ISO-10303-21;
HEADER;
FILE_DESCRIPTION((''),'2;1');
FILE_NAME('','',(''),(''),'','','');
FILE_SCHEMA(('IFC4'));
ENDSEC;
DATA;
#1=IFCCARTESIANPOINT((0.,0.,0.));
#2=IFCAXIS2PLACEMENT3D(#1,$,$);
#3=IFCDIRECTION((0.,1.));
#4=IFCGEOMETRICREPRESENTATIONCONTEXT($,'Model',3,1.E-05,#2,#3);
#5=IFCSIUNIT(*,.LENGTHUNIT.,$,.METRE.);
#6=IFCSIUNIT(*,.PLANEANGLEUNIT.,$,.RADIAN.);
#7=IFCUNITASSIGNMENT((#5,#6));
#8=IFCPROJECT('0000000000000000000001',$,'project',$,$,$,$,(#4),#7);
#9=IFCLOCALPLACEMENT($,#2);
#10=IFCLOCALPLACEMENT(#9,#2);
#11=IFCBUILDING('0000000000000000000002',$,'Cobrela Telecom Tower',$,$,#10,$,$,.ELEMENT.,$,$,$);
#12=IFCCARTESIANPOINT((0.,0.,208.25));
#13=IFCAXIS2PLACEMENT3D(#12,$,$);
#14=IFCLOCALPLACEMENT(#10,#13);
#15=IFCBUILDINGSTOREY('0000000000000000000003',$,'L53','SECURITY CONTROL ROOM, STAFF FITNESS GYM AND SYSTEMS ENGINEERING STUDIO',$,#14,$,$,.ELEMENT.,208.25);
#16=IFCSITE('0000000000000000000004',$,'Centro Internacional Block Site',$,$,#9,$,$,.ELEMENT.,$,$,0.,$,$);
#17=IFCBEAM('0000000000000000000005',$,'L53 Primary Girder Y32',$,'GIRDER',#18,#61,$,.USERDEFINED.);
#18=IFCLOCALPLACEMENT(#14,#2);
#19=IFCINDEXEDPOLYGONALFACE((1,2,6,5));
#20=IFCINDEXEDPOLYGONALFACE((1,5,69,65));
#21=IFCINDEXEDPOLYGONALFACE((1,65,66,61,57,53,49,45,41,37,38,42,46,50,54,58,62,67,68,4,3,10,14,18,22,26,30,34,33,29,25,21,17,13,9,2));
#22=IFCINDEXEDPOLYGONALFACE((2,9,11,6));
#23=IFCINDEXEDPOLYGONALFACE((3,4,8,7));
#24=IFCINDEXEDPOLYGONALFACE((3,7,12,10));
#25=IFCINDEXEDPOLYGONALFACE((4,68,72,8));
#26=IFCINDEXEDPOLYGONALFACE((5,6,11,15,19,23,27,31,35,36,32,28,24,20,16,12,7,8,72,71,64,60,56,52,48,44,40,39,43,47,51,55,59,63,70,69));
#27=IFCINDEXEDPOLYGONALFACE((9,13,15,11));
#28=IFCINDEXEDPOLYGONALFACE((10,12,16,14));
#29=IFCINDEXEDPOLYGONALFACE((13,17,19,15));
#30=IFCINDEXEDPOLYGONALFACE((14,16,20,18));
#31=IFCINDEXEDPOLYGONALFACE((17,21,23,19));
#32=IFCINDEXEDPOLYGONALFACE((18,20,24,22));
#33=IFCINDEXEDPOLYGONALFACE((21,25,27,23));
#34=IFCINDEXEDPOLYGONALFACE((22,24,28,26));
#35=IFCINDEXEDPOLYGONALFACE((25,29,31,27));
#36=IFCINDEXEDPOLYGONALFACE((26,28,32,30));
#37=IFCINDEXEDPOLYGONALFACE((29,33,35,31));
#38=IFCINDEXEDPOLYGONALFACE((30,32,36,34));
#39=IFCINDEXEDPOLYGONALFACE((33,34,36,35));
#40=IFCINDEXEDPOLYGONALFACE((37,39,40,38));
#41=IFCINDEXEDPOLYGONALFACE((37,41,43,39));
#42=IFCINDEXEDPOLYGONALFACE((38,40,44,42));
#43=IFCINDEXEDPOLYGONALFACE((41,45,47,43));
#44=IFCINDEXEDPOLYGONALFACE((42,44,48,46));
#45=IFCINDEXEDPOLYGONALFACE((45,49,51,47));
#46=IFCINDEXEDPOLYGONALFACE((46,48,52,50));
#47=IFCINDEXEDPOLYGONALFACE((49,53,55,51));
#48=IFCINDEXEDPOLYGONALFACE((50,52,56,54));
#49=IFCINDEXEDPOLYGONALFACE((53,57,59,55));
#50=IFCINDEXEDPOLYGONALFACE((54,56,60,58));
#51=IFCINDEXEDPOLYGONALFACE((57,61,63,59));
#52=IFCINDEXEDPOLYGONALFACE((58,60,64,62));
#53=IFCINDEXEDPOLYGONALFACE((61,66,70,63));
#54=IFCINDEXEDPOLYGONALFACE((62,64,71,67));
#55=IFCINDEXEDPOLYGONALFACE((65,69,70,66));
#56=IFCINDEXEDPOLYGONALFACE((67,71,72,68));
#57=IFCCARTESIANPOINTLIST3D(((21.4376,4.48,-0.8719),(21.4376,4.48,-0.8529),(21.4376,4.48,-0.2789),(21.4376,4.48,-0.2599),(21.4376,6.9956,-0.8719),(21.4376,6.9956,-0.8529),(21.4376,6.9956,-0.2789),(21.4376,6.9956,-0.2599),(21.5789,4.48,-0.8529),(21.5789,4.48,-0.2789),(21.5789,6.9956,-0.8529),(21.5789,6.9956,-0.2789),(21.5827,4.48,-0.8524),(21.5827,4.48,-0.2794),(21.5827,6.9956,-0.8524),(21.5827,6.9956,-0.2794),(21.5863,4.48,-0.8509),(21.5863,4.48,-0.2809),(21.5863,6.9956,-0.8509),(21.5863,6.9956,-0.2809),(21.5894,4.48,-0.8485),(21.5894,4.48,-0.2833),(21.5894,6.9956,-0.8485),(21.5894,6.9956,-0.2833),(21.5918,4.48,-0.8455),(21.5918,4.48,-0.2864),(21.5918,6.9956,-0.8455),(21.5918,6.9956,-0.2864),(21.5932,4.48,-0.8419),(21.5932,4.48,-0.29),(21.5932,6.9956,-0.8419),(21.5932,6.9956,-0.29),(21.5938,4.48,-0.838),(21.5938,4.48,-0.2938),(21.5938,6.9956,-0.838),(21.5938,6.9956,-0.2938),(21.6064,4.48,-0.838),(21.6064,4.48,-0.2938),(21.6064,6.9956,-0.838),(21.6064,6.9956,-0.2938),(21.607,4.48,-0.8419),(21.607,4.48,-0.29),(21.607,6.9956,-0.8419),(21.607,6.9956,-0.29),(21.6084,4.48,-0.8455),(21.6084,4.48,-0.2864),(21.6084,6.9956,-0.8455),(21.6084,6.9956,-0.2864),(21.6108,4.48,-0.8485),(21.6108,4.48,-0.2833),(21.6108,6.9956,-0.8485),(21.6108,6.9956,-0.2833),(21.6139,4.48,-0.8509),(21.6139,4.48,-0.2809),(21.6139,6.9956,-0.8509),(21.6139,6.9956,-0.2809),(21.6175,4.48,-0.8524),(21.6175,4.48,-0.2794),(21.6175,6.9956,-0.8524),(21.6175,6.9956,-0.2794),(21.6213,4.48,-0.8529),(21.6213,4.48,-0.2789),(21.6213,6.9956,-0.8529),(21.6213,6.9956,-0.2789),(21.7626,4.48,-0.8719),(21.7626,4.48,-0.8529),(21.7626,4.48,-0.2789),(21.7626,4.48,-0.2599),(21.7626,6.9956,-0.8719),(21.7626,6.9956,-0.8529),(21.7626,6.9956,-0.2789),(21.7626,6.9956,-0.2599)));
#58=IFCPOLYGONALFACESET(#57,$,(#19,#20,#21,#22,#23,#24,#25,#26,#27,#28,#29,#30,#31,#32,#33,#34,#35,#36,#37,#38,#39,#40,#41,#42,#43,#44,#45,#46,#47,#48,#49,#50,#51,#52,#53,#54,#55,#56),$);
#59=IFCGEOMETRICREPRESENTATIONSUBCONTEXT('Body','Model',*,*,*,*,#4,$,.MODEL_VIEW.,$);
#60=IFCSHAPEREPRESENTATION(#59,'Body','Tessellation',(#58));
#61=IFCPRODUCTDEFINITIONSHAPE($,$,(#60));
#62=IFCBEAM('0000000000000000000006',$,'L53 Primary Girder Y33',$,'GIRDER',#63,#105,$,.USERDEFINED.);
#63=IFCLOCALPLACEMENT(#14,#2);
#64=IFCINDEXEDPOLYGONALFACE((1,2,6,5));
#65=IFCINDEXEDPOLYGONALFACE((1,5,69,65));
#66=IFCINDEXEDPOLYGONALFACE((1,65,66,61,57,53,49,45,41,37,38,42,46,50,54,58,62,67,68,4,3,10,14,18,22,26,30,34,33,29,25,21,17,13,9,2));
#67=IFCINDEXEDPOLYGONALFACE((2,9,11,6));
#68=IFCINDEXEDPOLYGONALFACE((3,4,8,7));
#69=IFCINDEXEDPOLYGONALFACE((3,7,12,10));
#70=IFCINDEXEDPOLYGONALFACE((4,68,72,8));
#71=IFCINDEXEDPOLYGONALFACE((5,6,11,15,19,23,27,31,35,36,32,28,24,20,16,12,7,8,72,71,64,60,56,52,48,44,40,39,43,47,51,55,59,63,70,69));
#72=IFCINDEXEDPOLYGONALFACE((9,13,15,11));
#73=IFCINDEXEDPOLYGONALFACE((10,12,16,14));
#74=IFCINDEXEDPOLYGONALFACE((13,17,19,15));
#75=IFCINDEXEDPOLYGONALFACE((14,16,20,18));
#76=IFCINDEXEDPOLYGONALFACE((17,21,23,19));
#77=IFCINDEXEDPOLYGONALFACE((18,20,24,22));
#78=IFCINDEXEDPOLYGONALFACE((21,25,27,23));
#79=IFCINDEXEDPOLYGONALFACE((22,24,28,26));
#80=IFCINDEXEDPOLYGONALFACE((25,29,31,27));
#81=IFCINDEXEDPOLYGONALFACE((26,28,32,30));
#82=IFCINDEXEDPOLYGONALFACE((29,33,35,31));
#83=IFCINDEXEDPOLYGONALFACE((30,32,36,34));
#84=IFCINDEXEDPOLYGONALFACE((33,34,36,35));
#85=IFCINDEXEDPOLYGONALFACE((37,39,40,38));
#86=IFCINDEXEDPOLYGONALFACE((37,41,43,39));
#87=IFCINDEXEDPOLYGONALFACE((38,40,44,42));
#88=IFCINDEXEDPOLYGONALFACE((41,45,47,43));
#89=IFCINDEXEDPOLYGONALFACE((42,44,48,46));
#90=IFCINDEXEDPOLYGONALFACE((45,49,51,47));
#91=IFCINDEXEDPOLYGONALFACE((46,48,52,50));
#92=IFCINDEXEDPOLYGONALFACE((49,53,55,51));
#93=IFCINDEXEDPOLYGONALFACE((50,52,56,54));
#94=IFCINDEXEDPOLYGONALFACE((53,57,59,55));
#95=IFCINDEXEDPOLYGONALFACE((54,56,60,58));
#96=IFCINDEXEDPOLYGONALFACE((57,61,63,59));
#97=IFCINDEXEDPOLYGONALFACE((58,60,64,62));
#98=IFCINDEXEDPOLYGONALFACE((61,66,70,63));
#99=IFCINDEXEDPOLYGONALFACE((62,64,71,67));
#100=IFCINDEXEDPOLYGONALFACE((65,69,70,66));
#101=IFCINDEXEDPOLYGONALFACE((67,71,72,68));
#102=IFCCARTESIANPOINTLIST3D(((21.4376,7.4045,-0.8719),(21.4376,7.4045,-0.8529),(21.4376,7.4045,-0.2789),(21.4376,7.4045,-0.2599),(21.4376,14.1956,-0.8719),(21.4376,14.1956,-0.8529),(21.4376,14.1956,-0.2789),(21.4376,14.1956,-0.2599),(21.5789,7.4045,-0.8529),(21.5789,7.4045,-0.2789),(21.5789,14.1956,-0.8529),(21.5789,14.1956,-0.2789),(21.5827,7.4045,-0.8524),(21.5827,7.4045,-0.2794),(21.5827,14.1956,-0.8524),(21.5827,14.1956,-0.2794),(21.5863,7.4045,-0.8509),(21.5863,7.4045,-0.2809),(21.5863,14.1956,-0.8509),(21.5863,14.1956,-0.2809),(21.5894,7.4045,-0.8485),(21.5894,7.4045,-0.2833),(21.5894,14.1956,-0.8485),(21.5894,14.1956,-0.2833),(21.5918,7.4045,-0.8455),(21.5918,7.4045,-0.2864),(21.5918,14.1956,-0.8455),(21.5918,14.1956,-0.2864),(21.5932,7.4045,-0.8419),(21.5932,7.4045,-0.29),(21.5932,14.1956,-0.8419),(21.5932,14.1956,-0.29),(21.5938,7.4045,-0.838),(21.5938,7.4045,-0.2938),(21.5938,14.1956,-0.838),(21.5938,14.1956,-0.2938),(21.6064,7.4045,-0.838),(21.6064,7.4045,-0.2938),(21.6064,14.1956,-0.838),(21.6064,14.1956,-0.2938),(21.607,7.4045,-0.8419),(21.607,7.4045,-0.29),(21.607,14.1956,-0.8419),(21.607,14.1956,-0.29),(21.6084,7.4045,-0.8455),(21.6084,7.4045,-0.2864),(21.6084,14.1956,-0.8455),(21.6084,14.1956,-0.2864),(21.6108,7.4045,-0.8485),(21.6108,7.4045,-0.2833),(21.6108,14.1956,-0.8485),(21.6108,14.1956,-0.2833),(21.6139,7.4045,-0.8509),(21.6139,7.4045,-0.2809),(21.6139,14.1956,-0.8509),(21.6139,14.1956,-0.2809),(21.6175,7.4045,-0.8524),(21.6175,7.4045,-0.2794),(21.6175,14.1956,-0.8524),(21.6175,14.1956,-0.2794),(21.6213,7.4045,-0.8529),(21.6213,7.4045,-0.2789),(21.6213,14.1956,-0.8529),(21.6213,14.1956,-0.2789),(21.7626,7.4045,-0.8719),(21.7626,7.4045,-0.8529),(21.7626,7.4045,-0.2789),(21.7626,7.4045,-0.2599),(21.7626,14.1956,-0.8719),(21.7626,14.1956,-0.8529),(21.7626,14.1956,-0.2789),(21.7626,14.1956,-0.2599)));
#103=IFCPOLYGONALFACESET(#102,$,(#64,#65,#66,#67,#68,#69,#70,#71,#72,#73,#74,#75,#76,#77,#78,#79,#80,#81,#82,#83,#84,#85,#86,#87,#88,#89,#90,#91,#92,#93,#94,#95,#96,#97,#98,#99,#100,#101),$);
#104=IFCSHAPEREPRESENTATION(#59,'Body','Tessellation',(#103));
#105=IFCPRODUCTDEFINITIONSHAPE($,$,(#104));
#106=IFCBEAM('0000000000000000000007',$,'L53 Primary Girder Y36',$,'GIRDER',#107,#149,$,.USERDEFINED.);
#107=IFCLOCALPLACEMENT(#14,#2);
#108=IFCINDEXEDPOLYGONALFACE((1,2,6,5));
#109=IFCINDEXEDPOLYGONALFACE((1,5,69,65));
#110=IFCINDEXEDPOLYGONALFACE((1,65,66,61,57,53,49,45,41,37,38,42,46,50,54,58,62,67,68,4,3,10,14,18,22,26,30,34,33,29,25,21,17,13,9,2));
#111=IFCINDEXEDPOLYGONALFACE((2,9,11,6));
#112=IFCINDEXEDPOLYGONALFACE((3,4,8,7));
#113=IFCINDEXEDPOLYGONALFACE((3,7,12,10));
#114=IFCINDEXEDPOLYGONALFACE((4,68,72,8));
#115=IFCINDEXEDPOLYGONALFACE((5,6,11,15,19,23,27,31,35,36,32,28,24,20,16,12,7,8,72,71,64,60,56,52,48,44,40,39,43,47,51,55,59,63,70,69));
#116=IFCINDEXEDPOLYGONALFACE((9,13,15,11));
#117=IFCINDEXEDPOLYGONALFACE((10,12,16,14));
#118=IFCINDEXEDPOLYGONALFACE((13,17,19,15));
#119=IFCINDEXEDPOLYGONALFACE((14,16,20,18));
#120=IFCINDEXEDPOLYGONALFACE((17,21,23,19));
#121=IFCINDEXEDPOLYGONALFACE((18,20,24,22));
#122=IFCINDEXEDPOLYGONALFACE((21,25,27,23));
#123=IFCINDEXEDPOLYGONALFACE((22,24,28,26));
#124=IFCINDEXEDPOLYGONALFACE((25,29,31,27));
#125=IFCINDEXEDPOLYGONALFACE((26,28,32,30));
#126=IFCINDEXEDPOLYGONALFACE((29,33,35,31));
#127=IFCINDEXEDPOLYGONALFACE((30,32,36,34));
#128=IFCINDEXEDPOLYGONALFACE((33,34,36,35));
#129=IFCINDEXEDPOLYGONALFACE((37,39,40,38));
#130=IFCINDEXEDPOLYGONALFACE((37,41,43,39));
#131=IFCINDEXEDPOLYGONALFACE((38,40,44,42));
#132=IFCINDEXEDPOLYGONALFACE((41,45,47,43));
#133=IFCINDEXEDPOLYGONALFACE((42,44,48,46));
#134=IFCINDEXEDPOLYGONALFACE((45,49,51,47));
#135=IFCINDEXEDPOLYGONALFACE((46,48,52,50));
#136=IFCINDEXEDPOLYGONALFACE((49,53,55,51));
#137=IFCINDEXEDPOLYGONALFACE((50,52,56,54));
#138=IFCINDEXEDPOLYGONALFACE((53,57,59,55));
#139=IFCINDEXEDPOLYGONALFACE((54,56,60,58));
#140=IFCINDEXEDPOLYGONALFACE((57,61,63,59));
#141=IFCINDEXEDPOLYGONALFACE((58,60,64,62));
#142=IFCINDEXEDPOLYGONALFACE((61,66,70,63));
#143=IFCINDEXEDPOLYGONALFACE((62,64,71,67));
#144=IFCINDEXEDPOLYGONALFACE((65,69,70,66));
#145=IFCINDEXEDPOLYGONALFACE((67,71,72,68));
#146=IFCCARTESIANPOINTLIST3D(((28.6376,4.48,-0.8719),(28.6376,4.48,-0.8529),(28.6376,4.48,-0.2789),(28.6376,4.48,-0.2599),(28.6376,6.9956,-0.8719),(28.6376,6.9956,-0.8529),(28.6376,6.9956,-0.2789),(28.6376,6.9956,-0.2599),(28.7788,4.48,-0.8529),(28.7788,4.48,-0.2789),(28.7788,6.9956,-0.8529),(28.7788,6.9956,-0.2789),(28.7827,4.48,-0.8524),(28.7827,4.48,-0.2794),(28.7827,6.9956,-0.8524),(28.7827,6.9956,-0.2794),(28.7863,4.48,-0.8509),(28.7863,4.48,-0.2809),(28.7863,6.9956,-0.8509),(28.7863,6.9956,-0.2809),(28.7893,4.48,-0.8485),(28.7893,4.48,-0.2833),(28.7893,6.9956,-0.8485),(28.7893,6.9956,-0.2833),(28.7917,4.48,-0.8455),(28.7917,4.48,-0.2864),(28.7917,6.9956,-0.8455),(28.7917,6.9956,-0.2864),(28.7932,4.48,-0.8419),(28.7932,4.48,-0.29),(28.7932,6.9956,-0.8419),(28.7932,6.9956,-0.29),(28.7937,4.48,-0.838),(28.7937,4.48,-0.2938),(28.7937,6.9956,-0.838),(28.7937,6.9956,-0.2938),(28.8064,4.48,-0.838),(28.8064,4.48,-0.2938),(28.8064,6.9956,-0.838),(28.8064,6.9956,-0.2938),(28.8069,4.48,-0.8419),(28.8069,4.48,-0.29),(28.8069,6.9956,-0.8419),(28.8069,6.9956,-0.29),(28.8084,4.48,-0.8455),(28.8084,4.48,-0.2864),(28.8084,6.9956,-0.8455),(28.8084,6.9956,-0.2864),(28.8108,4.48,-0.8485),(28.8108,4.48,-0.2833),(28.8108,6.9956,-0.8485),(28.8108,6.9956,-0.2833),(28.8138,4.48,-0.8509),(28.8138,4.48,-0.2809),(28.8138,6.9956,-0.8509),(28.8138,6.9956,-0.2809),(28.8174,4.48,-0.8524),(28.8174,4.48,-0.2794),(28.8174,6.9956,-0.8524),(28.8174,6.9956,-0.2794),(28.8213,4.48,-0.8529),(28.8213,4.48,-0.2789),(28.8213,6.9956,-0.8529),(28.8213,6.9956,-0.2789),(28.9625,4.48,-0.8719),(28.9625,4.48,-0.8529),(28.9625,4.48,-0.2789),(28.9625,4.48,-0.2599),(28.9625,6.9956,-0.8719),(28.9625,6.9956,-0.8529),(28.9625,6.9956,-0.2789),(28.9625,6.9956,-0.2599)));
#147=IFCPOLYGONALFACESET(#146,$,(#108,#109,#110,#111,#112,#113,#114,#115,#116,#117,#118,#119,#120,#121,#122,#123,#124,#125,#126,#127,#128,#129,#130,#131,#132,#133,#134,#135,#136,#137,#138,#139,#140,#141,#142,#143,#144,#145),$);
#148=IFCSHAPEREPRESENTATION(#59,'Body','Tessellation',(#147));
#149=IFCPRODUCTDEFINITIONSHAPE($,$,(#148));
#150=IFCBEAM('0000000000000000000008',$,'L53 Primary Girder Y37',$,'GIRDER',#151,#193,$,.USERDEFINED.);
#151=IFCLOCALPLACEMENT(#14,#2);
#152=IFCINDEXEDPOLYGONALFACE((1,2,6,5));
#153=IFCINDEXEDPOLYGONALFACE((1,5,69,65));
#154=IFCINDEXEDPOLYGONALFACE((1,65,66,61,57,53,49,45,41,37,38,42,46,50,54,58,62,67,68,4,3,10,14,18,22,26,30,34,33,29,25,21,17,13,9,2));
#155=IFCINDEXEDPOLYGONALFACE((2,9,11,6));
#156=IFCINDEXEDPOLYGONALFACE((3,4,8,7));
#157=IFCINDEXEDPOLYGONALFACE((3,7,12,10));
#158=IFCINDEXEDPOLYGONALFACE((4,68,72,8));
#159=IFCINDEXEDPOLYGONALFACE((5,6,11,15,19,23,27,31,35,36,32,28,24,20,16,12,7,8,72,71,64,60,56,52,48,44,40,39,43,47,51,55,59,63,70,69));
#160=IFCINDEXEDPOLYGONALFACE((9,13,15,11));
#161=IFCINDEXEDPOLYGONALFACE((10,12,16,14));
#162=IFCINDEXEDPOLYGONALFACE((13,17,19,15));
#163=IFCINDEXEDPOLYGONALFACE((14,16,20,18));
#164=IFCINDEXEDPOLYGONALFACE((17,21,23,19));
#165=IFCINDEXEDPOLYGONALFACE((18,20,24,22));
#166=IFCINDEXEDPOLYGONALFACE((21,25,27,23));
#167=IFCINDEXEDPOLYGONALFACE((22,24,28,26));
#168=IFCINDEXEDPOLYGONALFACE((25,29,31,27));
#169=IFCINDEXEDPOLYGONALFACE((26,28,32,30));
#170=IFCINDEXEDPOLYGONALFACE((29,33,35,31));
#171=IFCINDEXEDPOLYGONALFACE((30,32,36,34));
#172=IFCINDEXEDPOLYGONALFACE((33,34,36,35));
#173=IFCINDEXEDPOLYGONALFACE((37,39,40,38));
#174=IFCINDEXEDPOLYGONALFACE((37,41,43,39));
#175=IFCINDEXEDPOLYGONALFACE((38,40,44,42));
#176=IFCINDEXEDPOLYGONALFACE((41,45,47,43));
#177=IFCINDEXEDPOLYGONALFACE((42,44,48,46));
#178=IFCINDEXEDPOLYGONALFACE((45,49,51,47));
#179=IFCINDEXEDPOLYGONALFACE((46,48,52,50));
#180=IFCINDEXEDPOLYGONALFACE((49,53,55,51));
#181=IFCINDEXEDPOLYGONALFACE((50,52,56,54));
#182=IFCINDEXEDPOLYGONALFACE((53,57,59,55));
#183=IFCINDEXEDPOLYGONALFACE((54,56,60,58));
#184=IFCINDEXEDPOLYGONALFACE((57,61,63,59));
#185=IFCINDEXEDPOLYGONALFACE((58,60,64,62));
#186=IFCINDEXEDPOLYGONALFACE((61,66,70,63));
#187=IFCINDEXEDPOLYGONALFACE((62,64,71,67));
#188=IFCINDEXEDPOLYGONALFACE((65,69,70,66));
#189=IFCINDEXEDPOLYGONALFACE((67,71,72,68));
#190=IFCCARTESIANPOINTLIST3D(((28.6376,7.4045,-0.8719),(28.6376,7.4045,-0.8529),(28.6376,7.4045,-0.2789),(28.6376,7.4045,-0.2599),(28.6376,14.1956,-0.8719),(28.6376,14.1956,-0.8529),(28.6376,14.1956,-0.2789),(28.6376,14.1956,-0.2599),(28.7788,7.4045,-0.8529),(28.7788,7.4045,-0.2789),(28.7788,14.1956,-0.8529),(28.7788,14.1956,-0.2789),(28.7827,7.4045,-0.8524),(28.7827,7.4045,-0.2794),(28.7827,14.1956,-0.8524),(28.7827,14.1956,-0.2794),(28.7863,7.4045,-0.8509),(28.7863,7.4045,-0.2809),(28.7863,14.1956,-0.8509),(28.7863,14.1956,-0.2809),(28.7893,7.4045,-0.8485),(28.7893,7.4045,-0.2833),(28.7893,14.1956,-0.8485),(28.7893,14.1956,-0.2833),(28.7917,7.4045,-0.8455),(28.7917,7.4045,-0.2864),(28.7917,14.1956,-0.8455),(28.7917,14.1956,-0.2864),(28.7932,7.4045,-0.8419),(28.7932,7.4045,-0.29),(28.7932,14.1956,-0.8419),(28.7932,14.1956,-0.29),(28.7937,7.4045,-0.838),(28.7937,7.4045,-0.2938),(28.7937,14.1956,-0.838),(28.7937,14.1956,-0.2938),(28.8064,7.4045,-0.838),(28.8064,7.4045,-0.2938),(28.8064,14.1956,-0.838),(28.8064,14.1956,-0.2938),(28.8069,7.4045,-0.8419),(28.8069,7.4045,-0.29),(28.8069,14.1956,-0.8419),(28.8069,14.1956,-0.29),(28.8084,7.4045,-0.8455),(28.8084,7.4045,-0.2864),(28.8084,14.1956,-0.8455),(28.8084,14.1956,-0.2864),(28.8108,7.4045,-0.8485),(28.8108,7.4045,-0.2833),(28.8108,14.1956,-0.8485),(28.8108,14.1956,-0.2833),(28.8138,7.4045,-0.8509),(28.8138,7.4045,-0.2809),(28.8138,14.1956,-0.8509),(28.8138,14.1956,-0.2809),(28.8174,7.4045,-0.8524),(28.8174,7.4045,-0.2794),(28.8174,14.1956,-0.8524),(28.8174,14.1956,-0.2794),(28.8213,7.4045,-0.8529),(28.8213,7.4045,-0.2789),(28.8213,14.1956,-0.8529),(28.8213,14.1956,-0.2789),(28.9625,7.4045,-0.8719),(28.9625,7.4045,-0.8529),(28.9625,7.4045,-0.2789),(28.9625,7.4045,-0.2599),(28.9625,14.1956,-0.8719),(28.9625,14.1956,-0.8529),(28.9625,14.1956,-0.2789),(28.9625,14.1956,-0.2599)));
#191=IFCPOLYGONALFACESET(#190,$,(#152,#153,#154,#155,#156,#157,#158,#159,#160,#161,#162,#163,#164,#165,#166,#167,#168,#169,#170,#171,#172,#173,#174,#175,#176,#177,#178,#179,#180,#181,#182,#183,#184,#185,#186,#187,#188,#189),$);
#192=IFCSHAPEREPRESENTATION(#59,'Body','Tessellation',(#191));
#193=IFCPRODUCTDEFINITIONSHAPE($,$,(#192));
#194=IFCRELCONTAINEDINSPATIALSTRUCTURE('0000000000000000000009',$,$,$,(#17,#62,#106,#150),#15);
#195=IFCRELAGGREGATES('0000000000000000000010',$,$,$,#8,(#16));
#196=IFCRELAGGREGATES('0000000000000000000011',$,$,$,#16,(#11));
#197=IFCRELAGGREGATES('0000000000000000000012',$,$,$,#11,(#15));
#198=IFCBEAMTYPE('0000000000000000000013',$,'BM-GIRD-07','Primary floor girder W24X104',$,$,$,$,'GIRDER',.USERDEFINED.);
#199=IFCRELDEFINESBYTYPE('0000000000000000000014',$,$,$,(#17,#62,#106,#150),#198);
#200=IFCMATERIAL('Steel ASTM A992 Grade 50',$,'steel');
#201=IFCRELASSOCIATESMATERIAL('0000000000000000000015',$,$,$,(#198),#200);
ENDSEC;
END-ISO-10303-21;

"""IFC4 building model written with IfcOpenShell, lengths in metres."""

from ifc_helpers import new_model, si_unit, direction, frame, origin, origin_2d, place, context, subcontext, project, spatial, i_section, extrude, material, material_profile, profile_set, type_object, element, save


model = new_model("IFC4")

# Units and contexts
model_context = context("Model", 3, precision=1e-05, world=origin(), true_north=direction((0.0, 1.0)))
body_context = subcontext(model_context, "Body", "Model", "MODEL_VIEW")
ifc_project = project(units=[si_unit("LENGTHUNIT", "METRE"), si_unit("PLANEANGLEUNIT", "RADIAN")], contexts=[model_context])

# Site, building, storey
site_placement = place(None, origin())
site = spatial("IfcSite", under=ifc_project, at=site_placement, Name="Centro Internacional Block Site", CompositionType="ELEMENT", RefElevation=0.0)
building_placement = place(site_placement, origin())
building = spatial("IfcBuilding", under=site, at=building_placement, Name="Cobrela Telecom Tower", CompositionType="ELEMENT")
storey_placement = place(building_placement, frame((0.0, 0.0, 208.25)))
storey = spatial("IfcBuildingStorey", under=building, at=storey_placement, Name="L53", Description="SECURITY CONTROL ROOM, STAFF FITNESS GYM AND SYSTEMS ENGINEERING STUDIO", CompositionType="ELEMENT", Elevation=208.25)

# Shared definitions
ifc_material_1 = material(Name="Steel ASTM A992 Grade 50", Category="steel")

# Beams
ifc_material_profile_1 = material_profile(ifc_material_1, i_section(OverallWidth=0.325, OverallDepth=0.6121, WebThickness=0.0127, FlangeThickness=0.019, FilletRadius=0.0149, at=origin_2d()), Name="W24X104")
ifc_profile_set_1 = profile_set([ifc_material_profile_1], Name="Steel ASTM A992 Grade 50")
beam_type_1 = type_object("IfcBeamType", Name="BM-GIRD-07", Description="Primary floor girder W24X104", ElementType="GIRDER", PredefinedType="USERDEFINED", material=ifc_profile_set_1)
beam_1_placement = place(storey_placement, frame((21.6001, 4.48, -0.5659), z_axis=(0.0, 1.0, 0.0), x_axis=(-1.0, 0.0, 0.0)))
element("IfcBeam", 1, at=beam_1_placement, inside=storey, type_object=beam_type_1, Name="L53 Primary Girder Y32", ObjectType="GIRDER", PredefinedType="USERDEFINED", context=body_context, shape_type="SweptSolid", body=[
    extrude(i_section(OverallWidth=0.325, OverallDepth=0.6121, WebThickness=0.0127, FlangeThickness=0.019, FilletRadius=0.0149, at=origin_2d()), origin(), (0.0, 0.0, 1.0), 2.5156),
])
beam_2_placement = place(storey_placement, frame((21.6001, 7.4045, -0.5659), z_axis=(0.0, 1.0, 0.0), x_axis=(-1.0, 0.0, 0.0)))
element("IfcBeam", 2, at=beam_2_placement, inside=storey, type_object=beam_type_1, Name="L53 Primary Girder Y33", ObjectType="GIRDER", PredefinedType="USERDEFINED", context=body_context, shape_type="SweptSolid", body=[
    extrude(i_section(OverallWidth=0.325, OverallDepth=0.6121, WebThickness=0.0127, FlangeThickness=0.019, FilletRadius=0.0149, at=origin_2d()), origin(), (0.0, 0.0, 1.0), 6.791),
])
beam_3_placement = place(storey_placement, frame((28.8, 4.48, -0.5659), z_axis=(0.0, 1.0, 0.0), x_axis=(-1.0, 0.0, 0.0)))
element("IfcBeam", 3, at=beam_3_placement, inside=storey, type_object=beam_type_1, Name="L53 Primary Girder Y36", ObjectType="GIRDER", PredefinedType="USERDEFINED", context=body_context, shape_type="SweptSolid", body=[
    extrude(i_section(OverallWidth=0.325, OverallDepth=0.6121, WebThickness=0.0127, FlangeThickness=0.019, FilletRadius=0.0149, at=origin_2d()), origin(), (0.0, 0.0, 1.0), 2.5156),
])
beam_4_placement = place(storey_placement, frame((28.8, 7.4045, -0.5659), z_axis=(0.0, 1.0, 0.0), x_axis=(-1.0, 0.0, 0.0)))
element("IfcBeam", 4, at=beam_4_placement, inside=storey, type_object=beam_type_1, Name="L53 Primary Girder Y37", ObjectType="GIRDER", PredefinedType="USERDEFINED", context=body_context, shape_type="SweptSolid", body=[
    extrude(i_section(OverallWidth=0.325, OverallDepth=0.6121, WebThickness=0.0127, FlangeThickness=0.019, FilletRadius=0.0149, at=origin_2d()), origin(), (0.0, 0.0, 1.0), 6.791),
])

save(model, "model.ifc")
